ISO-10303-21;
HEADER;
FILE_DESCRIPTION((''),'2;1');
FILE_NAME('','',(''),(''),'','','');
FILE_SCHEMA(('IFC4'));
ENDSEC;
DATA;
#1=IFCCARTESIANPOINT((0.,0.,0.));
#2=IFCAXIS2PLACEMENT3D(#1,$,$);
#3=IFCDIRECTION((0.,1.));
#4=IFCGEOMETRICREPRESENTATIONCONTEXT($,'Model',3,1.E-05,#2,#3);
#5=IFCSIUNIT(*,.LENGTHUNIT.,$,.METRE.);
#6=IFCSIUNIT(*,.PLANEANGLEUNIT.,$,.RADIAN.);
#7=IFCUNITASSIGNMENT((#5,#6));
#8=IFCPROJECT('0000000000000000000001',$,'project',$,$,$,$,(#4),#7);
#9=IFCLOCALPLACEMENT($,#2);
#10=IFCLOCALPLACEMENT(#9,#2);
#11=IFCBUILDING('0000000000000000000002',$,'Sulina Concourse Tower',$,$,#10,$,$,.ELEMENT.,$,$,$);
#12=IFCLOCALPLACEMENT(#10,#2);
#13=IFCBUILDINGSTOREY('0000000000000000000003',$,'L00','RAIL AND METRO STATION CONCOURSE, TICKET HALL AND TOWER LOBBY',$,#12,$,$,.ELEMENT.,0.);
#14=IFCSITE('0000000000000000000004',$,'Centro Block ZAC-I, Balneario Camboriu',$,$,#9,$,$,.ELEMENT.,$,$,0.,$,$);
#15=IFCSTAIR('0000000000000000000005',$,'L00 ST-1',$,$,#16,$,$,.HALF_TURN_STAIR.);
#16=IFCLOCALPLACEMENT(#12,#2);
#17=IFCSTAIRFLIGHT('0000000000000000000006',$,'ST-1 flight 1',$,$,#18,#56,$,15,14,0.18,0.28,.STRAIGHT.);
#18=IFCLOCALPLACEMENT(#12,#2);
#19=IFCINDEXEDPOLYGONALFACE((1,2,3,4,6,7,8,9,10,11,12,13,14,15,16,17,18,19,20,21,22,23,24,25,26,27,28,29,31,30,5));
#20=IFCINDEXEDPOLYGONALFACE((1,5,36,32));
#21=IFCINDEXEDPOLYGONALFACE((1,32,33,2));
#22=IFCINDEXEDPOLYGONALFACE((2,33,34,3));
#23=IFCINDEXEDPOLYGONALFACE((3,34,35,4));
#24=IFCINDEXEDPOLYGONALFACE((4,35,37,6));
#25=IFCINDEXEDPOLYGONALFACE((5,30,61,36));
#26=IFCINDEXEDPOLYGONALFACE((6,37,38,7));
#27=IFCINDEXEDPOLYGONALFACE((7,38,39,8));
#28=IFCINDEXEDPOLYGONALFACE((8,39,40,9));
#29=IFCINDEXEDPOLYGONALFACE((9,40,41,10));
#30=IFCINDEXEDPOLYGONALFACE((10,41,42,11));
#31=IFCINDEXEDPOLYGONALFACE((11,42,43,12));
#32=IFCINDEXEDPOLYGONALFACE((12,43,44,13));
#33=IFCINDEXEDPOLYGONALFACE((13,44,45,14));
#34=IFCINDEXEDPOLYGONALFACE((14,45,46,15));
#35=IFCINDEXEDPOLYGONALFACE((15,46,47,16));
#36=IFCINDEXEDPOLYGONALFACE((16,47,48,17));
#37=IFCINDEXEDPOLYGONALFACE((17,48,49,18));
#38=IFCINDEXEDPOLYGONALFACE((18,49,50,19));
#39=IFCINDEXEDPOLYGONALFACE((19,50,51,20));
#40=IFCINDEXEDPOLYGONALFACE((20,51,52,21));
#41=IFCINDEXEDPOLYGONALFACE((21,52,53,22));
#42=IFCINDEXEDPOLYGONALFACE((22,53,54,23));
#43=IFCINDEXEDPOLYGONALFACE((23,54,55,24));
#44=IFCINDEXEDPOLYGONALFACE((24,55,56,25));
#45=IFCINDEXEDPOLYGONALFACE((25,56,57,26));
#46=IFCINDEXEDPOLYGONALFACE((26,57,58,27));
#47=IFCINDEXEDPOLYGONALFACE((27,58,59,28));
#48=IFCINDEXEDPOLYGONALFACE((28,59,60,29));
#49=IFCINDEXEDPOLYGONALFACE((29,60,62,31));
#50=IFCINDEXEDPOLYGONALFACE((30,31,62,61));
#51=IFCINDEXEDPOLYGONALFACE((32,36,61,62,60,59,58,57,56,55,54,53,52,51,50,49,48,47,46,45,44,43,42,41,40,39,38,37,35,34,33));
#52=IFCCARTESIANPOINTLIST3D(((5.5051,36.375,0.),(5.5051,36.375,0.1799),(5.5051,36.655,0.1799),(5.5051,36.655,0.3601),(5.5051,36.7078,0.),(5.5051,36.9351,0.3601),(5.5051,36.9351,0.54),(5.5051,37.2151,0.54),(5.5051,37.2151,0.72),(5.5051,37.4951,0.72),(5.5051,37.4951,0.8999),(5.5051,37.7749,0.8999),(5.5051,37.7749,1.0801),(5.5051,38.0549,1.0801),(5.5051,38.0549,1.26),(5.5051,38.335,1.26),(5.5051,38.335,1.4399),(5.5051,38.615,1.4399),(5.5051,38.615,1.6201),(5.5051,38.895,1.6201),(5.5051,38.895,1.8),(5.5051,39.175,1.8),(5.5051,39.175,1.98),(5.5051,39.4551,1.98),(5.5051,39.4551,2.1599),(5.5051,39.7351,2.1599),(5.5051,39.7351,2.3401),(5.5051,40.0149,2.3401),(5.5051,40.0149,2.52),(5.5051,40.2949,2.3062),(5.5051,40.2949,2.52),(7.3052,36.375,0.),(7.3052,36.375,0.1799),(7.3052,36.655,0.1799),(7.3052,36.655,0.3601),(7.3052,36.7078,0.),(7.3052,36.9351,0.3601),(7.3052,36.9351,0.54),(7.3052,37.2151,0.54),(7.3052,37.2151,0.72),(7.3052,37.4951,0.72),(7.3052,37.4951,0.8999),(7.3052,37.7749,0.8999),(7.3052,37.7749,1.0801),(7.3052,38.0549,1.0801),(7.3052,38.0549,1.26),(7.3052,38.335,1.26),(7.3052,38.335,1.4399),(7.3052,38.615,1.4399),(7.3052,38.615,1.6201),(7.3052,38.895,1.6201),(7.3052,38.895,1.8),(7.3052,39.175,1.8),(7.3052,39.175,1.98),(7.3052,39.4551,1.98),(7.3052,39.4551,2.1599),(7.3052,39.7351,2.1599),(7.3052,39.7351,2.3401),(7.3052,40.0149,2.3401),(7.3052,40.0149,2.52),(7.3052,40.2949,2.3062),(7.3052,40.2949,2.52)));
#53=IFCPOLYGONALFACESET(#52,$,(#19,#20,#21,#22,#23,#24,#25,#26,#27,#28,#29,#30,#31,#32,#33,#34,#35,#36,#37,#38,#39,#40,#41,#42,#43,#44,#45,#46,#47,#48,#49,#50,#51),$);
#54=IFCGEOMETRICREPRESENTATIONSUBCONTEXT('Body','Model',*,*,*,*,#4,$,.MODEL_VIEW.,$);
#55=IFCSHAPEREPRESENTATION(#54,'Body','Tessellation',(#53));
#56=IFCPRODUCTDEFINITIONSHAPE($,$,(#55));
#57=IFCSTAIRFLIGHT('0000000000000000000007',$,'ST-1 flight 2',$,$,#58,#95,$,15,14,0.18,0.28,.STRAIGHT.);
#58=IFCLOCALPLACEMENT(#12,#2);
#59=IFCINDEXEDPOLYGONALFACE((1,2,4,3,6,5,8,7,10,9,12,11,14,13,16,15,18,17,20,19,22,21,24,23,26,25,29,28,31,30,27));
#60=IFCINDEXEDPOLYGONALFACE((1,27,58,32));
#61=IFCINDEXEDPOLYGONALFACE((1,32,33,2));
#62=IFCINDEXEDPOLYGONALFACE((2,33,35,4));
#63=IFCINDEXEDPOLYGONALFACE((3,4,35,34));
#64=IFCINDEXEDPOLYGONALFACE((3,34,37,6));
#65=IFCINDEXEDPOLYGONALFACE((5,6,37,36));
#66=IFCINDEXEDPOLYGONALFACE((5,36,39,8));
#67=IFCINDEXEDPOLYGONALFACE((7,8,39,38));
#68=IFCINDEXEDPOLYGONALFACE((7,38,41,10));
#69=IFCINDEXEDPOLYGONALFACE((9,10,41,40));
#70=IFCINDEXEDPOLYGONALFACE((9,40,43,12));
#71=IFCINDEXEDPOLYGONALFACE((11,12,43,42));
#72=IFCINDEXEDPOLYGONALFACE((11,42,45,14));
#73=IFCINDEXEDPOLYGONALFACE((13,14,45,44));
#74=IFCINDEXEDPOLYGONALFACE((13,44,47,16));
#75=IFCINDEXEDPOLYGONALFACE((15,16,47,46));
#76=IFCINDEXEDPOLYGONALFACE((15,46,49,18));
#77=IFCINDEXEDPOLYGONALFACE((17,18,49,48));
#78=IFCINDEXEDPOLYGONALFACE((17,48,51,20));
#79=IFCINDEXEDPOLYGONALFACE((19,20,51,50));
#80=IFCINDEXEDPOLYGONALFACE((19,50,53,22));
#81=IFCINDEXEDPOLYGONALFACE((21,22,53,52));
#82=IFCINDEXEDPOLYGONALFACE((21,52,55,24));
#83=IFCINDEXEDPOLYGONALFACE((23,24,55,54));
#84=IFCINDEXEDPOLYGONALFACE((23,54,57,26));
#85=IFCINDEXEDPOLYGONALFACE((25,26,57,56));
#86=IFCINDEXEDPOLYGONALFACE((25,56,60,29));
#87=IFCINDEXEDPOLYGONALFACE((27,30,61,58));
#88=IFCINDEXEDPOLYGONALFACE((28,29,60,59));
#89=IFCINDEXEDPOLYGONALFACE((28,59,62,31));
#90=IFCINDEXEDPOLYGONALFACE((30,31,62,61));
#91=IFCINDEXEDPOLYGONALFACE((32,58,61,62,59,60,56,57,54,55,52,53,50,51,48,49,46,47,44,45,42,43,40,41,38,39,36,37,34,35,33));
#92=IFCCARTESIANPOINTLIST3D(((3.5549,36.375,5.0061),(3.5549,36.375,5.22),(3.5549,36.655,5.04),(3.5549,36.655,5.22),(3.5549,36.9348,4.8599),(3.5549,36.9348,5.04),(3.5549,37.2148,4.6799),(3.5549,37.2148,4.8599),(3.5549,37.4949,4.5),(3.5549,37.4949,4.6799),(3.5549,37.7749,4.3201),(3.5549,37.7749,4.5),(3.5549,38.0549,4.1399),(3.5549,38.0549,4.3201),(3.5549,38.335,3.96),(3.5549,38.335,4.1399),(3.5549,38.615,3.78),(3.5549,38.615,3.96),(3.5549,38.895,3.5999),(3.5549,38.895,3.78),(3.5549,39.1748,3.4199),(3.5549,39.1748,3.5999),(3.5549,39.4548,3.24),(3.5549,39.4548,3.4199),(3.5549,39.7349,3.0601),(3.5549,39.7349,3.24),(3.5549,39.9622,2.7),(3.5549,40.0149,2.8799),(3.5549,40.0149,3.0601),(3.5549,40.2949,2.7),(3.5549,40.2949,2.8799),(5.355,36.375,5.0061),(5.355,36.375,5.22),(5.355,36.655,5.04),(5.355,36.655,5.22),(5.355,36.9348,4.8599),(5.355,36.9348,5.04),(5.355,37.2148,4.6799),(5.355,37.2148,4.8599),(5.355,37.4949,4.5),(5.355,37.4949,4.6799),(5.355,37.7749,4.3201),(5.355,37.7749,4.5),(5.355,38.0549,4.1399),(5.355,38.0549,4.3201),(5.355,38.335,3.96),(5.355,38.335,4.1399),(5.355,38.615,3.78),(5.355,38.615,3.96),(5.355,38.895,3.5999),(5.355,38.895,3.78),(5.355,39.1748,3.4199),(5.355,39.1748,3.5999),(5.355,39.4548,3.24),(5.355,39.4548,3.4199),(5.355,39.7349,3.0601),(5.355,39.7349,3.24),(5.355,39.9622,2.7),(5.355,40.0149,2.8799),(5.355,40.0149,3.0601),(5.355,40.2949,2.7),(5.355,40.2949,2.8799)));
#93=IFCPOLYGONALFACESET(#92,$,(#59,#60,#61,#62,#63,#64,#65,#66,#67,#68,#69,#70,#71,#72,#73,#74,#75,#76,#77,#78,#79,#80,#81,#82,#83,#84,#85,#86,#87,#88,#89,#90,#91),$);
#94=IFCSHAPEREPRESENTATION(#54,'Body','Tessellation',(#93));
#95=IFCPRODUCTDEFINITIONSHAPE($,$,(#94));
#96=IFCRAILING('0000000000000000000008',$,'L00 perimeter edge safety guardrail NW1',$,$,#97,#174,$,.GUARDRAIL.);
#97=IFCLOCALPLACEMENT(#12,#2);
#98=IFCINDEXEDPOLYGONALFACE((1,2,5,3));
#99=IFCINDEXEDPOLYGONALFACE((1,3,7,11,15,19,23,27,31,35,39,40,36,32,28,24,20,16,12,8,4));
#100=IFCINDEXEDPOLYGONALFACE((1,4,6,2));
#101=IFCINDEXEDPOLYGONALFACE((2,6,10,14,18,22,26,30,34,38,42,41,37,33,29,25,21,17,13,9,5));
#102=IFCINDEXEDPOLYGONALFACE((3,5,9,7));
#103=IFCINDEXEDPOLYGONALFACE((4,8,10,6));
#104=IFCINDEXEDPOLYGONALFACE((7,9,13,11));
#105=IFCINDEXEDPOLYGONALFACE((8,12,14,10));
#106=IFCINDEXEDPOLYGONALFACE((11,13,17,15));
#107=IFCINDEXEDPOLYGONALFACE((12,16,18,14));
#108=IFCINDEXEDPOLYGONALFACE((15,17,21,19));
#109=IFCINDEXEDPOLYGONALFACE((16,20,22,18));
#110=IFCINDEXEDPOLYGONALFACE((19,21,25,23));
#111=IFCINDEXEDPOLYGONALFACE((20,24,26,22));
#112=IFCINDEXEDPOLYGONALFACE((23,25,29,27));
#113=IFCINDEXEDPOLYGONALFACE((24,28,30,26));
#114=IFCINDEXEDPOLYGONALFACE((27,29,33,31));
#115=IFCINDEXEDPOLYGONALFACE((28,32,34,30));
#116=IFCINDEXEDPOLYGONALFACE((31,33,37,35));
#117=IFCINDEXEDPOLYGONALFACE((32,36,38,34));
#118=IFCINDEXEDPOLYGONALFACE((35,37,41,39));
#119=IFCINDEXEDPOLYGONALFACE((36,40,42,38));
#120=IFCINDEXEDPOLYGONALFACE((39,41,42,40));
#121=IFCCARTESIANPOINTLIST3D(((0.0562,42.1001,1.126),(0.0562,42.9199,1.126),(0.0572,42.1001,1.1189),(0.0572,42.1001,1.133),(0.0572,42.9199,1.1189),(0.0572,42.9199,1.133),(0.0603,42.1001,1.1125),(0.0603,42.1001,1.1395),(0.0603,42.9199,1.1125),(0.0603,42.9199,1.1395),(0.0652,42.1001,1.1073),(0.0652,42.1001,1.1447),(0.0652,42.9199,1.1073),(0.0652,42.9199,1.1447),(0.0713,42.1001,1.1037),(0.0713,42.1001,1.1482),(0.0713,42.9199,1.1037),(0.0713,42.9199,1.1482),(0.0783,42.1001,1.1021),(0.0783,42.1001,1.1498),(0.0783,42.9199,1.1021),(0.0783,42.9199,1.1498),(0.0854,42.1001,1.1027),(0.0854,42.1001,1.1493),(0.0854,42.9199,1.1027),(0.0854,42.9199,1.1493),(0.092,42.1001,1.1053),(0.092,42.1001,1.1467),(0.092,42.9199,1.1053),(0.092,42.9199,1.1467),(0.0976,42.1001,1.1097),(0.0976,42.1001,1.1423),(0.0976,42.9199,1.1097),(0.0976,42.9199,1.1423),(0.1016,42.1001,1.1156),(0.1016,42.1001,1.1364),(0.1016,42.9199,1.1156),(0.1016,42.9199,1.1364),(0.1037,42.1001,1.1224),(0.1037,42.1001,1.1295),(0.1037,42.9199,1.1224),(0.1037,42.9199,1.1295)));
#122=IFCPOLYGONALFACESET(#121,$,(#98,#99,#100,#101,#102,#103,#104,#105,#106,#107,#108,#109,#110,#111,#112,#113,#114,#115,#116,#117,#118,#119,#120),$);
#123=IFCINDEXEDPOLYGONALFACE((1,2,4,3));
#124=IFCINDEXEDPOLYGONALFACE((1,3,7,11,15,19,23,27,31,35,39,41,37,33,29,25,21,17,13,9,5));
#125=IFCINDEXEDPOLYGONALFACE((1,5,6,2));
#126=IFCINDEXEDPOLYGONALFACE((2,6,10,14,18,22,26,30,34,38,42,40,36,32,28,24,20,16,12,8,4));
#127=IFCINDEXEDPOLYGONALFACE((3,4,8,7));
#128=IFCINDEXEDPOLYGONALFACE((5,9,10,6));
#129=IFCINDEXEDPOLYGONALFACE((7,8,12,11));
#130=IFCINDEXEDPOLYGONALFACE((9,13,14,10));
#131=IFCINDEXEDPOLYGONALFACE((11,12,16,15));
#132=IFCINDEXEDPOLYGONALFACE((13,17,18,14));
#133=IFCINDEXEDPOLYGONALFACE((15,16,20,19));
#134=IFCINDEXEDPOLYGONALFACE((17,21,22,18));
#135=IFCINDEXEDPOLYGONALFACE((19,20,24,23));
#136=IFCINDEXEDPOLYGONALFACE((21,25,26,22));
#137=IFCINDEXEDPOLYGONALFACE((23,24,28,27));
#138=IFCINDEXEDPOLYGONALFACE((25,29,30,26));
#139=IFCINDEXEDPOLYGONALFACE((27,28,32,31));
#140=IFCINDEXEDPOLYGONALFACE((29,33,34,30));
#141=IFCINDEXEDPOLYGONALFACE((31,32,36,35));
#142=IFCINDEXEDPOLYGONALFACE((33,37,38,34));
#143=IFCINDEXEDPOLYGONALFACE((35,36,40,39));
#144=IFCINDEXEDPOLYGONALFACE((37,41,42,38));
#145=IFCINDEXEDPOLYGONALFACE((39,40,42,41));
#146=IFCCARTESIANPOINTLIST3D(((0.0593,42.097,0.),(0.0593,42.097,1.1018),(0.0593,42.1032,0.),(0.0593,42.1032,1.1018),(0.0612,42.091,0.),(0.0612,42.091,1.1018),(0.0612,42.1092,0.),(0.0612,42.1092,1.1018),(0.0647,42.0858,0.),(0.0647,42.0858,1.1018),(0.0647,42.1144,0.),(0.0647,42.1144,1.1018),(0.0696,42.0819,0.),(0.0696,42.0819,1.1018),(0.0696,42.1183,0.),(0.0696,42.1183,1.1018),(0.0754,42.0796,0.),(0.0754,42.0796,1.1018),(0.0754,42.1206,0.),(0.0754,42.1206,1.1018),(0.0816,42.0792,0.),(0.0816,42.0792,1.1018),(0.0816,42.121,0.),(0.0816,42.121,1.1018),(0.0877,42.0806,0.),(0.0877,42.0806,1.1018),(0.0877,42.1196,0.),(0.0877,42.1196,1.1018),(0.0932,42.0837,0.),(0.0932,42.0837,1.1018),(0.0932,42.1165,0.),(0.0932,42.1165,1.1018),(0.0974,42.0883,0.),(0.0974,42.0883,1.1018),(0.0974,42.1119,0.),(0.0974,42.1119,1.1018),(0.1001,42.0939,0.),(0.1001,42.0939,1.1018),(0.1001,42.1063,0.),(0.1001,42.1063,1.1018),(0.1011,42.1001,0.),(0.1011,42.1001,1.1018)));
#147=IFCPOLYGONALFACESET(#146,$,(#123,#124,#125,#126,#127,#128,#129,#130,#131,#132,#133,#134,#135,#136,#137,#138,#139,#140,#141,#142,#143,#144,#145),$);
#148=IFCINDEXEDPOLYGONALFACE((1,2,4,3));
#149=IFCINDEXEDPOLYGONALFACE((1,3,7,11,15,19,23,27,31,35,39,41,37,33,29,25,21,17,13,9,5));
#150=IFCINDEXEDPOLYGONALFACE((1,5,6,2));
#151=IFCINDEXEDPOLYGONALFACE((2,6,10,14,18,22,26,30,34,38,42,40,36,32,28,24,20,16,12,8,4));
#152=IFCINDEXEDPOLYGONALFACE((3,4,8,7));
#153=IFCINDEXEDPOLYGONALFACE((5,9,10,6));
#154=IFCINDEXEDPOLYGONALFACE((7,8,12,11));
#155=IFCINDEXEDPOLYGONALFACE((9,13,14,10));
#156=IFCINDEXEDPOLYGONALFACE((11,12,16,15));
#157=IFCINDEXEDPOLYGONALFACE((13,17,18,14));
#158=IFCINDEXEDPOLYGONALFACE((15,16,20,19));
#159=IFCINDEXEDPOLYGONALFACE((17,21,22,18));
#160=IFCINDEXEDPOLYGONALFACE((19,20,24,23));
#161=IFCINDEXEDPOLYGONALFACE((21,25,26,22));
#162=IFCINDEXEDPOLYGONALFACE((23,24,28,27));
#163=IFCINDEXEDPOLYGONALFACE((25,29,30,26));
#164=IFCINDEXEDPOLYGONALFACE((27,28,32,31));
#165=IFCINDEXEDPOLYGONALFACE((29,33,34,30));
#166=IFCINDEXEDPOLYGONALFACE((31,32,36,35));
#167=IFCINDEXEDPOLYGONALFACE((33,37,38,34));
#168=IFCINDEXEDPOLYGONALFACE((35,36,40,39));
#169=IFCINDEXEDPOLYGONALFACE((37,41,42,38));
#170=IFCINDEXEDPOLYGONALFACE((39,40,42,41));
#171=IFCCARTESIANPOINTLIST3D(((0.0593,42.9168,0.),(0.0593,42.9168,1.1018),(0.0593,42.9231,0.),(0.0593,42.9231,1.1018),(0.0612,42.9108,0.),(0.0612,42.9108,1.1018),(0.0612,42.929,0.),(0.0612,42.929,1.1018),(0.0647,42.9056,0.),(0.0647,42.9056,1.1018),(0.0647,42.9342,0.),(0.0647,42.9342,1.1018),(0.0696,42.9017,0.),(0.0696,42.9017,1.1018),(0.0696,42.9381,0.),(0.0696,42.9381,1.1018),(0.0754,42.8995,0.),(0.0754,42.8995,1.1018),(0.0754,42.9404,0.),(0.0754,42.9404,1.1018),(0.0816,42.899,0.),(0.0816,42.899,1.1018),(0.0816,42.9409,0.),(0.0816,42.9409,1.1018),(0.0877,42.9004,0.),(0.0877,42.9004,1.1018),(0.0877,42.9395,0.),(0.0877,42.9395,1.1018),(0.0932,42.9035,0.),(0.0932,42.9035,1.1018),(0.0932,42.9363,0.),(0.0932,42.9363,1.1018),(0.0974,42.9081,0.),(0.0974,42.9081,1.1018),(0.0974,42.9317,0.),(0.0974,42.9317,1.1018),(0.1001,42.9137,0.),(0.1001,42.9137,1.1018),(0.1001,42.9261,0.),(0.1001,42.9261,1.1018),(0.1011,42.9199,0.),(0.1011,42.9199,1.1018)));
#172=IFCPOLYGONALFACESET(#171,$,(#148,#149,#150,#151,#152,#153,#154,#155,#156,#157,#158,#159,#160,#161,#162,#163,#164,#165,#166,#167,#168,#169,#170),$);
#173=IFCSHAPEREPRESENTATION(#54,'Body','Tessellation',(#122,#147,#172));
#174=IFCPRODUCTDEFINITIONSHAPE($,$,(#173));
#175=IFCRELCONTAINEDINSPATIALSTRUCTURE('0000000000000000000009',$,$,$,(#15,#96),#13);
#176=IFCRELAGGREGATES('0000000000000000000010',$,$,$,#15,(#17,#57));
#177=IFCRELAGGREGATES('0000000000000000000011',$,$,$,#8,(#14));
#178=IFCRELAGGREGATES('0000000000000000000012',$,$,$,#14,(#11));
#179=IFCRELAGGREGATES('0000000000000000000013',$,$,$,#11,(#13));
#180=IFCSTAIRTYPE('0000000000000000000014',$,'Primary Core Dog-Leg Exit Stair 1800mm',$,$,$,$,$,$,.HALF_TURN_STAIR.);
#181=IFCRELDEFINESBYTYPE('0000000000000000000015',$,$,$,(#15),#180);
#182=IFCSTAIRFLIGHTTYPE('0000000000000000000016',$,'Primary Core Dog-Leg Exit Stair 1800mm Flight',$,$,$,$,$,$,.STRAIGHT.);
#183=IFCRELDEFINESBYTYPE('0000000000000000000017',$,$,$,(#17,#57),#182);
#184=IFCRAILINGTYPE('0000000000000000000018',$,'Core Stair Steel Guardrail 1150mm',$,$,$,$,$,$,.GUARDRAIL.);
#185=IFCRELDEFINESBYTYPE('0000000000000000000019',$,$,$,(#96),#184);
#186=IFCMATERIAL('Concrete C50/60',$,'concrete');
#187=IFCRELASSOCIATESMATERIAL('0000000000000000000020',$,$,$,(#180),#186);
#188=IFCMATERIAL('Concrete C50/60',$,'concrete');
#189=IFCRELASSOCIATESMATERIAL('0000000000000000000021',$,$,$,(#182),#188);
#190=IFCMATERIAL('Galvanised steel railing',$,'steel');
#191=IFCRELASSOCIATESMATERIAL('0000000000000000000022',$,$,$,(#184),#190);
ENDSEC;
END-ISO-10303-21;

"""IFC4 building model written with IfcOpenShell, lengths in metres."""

from ifc_helpers import new_model, si_unit, direction, frame, origin, origin_2d, place, context, subcontext, project, spatial, polyline, circle, outline, extrude, material, type_object, element, aggregate, save


model = new_model("IFC4")

# Units and contexts
model_context = context("Model", 3, precision=1e-05, world=origin(), true_north=direction((0.0, 1.0)))
body_context = subcontext(model_context, "Body", "Model", "MODEL_VIEW")
ifc_project = project(units=[si_unit("LENGTHUNIT", "METRE"), si_unit("PLANEANGLEUNIT", "RADIAN")], contexts=[model_context])

# Site, building, storey
site_placement = place(None, origin())
site = spatial("IfcSite", under=ifc_project, at=site_placement, Name="Centro Block ZAC-I, Balneario Camboriu", CompositionType="ELEMENT", RefElevation=0.0)
building_placement = place(site_placement, origin())
building = spatial("IfcBuilding", under=site, at=building_placement, Name="Sulina Concourse Tower", CompositionType="ELEMENT")
storey_placement = place(building_placement, origin())
storey = spatial("IfcBuildingStorey", under=building, at=storey_placement, Name="L00", Description="RAIL AND METRO STATION CONCOURSE, TICKET HALL AND TOWER LOBBY", CompositionType="ELEMENT", Elevation=0.0)

# Stair, stair flights
ifc_material_1 = material(Name="Concrete C50/60", Category="concrete")
stair_type = type_object("IfcStairType", Name="Primary Core Dog-Leg Exit Stair 1800mm", PredefinedType="HALF_TURN_STAIR", material=ifc_material_1)
stair_placement = place(storey_placement, origin())
stair = element("IfcStair", 1, at=stair_placement, inside=storey, type_object=stair_type, Name="L00 ST-1", PredefinedType="HALF_TURN_STAIR")
ifc_material_2 = material(Name="Concrete C50/60", Category="concrete")
stair_flight_type = type_object("IfcStairFlightType", Name="Primary Core Dog-Leg Exit Stair 1800mm Flight", PredefinedType="STRAIGHT", material=ifc_material_2)
stair_flight_1_placement = place(storey_placement, frame((6.405, 36.375, 0.0), z_axis=(0.0, 0.0, 1.0), x_axis=(0.0, 1.0, 0.0)))
stair_flight_1 = element("IfcStairFlight", 2, at=stair_flight_1_placement, type_object=stair_flight_type, Name="ST-1 flight 1", NumberOfRisers=15, NumberOfTreads=14, PredefinedType="STRAIGHT", RiserHeight=0.18, TreadLength=0.28, context=body_context, shape_type="SweptSolid", body=[
    extrude(outline(polyline([(0.0, 0.0), (0.0, 0.1799), (0.28, 0.1799), (0.28, 0.3601), (0.5601, 0.3601), (0.5601, 0.54), (0.8401, 0.54), (0.8401, 0.72), (1.1201, 0.72), (1.1201, 0.8999), (1.3999, 0.8999), (1.3999, 1.0801), (1.6799, 1.0801), (1.6799, 1.26), (1.96, 1.26), (1.96, 1.4399), (2.24, 1.4399), (2.24, 1.6201), (2.52, 1.6201), (2.52, 1.8), (2.8, 1.8), (2.8, 1.98), (3.0801, 1.98), (3.0801, 2.1599), (3.3601, 2.1599), (3.3601, 2.3401), (3.6399, 2.3401), (3.6399, 2.52), (3.9199, 2.52), (3.9199, 2.7), (3.9199, 2.3062), (0.3328, 0.0), (0.0, 0.0)])), frame((0.0, 0.8999, 0.0), z_axis=(0.0, -1.0, 0.0), x_axis=(1.0, 0.0, 0.0)), (0.0, 0.0, 1.0), 1.8),
])
stair_flight_2_placement = place(storey_placement, frame((4.4551, 40.2949, 2.7), z_axis=(0.0, 0.0, 1.0), x_axis=(0.0, -1.0, 0.0)))
stair_flight_2 = element("IfcStairFlight", 3, at=stair_flight_2_placement, type_object=stair_flight_type, Name="ST-1 flight 2", NumberOfRisers=15, NumberOfTreads=14, PredefinedType="STRAIGHT", RiserHeight=0.18, TreadLength=0.28, context=body_context, shape_type="SweptSolid", body=[
    extrude(outline(polyline([(0.0, 0.0), (0.0, 0.1799), (0.28, 0.1799), (0.28, 0.3601), (0.5601, 0.3601), (0.5601, 0.54), (0.8401, 0.54), (0.8401, 0.72), (1.1201, 0.72), (1.1201, 0.8999), (1.3999, 0.8999), (1.3999, 1.0801), (1.6799, 1.0801), (1.6799, 1.26), (1.96, 1.26), (1.96, 1.4399), (2.24, 1.4399), (2.24, 1.6201), (2.52, 1.6201), (2.52, 1.8), (2.8, 1.8), (2.8, 1.98), (3.0801, 1.98), (3.0801, 2.1599), (3.3601, 2.1599), (3.3601, 2.3401), (3.6399, 2.3401), (3.6399, 2.52), (3.9199, 2.52), (3.9199, 2.7), (3.9199, 2.3062), (0.3328, 0.0), (0.0, 0.0)])), frame((0.0, 0.8999, 0.0), z_axis=(0.0, -1.0, 0.0), x_axis=(1.0, 0.0, 0.0)), (0.0, 0.0, 1.0), 1.8),
])
aggregate(stair, [stair_flight_1, stair_flight_2])

# Railing
ifc_material_3 = material(Name="Galvanised steel railing", Category="steel")
railing_type_1 = type_object("IfcRailingType", Name="Core Stair Steel Guardrail 1150mm", PredefinedType="GUARDRAIL", material=ifc_material_3)
railing_1_placement = place(storey_placement, frame((0.0801, 42.1001, 0.0)))
element("IfcRailing", 4, at=railing_1_placement, inside=storey, type_object=railing_type_1, Name="L00 perimeter edge safety guardrail NW1", PredefinedType="GUARDRAIL", context=body_context, shape_type="SweptSolid", body=[
    extrude(circle(Radius=0.0239, at=origin_2d()), frame((0.0, 0.0, 1.126), z_axis=(0.0, 1.0, 0.0), x_axis=(-1.0, 0.0, 0.0)), (0.0, 0.0, 1.0), 0.8198),
    extrude(circle(Radius=0.021, at=origin_2d()), origin(), (0.0, 0.0, 1.0), 1.1018),
    extrude(circle(Radius=0.021, at=origin_2d()), frame((0.0, 0.8198, 0.0)), (0.0, 0.0, 1.0), 1.1018),
])

save(model, "model.ifc")
